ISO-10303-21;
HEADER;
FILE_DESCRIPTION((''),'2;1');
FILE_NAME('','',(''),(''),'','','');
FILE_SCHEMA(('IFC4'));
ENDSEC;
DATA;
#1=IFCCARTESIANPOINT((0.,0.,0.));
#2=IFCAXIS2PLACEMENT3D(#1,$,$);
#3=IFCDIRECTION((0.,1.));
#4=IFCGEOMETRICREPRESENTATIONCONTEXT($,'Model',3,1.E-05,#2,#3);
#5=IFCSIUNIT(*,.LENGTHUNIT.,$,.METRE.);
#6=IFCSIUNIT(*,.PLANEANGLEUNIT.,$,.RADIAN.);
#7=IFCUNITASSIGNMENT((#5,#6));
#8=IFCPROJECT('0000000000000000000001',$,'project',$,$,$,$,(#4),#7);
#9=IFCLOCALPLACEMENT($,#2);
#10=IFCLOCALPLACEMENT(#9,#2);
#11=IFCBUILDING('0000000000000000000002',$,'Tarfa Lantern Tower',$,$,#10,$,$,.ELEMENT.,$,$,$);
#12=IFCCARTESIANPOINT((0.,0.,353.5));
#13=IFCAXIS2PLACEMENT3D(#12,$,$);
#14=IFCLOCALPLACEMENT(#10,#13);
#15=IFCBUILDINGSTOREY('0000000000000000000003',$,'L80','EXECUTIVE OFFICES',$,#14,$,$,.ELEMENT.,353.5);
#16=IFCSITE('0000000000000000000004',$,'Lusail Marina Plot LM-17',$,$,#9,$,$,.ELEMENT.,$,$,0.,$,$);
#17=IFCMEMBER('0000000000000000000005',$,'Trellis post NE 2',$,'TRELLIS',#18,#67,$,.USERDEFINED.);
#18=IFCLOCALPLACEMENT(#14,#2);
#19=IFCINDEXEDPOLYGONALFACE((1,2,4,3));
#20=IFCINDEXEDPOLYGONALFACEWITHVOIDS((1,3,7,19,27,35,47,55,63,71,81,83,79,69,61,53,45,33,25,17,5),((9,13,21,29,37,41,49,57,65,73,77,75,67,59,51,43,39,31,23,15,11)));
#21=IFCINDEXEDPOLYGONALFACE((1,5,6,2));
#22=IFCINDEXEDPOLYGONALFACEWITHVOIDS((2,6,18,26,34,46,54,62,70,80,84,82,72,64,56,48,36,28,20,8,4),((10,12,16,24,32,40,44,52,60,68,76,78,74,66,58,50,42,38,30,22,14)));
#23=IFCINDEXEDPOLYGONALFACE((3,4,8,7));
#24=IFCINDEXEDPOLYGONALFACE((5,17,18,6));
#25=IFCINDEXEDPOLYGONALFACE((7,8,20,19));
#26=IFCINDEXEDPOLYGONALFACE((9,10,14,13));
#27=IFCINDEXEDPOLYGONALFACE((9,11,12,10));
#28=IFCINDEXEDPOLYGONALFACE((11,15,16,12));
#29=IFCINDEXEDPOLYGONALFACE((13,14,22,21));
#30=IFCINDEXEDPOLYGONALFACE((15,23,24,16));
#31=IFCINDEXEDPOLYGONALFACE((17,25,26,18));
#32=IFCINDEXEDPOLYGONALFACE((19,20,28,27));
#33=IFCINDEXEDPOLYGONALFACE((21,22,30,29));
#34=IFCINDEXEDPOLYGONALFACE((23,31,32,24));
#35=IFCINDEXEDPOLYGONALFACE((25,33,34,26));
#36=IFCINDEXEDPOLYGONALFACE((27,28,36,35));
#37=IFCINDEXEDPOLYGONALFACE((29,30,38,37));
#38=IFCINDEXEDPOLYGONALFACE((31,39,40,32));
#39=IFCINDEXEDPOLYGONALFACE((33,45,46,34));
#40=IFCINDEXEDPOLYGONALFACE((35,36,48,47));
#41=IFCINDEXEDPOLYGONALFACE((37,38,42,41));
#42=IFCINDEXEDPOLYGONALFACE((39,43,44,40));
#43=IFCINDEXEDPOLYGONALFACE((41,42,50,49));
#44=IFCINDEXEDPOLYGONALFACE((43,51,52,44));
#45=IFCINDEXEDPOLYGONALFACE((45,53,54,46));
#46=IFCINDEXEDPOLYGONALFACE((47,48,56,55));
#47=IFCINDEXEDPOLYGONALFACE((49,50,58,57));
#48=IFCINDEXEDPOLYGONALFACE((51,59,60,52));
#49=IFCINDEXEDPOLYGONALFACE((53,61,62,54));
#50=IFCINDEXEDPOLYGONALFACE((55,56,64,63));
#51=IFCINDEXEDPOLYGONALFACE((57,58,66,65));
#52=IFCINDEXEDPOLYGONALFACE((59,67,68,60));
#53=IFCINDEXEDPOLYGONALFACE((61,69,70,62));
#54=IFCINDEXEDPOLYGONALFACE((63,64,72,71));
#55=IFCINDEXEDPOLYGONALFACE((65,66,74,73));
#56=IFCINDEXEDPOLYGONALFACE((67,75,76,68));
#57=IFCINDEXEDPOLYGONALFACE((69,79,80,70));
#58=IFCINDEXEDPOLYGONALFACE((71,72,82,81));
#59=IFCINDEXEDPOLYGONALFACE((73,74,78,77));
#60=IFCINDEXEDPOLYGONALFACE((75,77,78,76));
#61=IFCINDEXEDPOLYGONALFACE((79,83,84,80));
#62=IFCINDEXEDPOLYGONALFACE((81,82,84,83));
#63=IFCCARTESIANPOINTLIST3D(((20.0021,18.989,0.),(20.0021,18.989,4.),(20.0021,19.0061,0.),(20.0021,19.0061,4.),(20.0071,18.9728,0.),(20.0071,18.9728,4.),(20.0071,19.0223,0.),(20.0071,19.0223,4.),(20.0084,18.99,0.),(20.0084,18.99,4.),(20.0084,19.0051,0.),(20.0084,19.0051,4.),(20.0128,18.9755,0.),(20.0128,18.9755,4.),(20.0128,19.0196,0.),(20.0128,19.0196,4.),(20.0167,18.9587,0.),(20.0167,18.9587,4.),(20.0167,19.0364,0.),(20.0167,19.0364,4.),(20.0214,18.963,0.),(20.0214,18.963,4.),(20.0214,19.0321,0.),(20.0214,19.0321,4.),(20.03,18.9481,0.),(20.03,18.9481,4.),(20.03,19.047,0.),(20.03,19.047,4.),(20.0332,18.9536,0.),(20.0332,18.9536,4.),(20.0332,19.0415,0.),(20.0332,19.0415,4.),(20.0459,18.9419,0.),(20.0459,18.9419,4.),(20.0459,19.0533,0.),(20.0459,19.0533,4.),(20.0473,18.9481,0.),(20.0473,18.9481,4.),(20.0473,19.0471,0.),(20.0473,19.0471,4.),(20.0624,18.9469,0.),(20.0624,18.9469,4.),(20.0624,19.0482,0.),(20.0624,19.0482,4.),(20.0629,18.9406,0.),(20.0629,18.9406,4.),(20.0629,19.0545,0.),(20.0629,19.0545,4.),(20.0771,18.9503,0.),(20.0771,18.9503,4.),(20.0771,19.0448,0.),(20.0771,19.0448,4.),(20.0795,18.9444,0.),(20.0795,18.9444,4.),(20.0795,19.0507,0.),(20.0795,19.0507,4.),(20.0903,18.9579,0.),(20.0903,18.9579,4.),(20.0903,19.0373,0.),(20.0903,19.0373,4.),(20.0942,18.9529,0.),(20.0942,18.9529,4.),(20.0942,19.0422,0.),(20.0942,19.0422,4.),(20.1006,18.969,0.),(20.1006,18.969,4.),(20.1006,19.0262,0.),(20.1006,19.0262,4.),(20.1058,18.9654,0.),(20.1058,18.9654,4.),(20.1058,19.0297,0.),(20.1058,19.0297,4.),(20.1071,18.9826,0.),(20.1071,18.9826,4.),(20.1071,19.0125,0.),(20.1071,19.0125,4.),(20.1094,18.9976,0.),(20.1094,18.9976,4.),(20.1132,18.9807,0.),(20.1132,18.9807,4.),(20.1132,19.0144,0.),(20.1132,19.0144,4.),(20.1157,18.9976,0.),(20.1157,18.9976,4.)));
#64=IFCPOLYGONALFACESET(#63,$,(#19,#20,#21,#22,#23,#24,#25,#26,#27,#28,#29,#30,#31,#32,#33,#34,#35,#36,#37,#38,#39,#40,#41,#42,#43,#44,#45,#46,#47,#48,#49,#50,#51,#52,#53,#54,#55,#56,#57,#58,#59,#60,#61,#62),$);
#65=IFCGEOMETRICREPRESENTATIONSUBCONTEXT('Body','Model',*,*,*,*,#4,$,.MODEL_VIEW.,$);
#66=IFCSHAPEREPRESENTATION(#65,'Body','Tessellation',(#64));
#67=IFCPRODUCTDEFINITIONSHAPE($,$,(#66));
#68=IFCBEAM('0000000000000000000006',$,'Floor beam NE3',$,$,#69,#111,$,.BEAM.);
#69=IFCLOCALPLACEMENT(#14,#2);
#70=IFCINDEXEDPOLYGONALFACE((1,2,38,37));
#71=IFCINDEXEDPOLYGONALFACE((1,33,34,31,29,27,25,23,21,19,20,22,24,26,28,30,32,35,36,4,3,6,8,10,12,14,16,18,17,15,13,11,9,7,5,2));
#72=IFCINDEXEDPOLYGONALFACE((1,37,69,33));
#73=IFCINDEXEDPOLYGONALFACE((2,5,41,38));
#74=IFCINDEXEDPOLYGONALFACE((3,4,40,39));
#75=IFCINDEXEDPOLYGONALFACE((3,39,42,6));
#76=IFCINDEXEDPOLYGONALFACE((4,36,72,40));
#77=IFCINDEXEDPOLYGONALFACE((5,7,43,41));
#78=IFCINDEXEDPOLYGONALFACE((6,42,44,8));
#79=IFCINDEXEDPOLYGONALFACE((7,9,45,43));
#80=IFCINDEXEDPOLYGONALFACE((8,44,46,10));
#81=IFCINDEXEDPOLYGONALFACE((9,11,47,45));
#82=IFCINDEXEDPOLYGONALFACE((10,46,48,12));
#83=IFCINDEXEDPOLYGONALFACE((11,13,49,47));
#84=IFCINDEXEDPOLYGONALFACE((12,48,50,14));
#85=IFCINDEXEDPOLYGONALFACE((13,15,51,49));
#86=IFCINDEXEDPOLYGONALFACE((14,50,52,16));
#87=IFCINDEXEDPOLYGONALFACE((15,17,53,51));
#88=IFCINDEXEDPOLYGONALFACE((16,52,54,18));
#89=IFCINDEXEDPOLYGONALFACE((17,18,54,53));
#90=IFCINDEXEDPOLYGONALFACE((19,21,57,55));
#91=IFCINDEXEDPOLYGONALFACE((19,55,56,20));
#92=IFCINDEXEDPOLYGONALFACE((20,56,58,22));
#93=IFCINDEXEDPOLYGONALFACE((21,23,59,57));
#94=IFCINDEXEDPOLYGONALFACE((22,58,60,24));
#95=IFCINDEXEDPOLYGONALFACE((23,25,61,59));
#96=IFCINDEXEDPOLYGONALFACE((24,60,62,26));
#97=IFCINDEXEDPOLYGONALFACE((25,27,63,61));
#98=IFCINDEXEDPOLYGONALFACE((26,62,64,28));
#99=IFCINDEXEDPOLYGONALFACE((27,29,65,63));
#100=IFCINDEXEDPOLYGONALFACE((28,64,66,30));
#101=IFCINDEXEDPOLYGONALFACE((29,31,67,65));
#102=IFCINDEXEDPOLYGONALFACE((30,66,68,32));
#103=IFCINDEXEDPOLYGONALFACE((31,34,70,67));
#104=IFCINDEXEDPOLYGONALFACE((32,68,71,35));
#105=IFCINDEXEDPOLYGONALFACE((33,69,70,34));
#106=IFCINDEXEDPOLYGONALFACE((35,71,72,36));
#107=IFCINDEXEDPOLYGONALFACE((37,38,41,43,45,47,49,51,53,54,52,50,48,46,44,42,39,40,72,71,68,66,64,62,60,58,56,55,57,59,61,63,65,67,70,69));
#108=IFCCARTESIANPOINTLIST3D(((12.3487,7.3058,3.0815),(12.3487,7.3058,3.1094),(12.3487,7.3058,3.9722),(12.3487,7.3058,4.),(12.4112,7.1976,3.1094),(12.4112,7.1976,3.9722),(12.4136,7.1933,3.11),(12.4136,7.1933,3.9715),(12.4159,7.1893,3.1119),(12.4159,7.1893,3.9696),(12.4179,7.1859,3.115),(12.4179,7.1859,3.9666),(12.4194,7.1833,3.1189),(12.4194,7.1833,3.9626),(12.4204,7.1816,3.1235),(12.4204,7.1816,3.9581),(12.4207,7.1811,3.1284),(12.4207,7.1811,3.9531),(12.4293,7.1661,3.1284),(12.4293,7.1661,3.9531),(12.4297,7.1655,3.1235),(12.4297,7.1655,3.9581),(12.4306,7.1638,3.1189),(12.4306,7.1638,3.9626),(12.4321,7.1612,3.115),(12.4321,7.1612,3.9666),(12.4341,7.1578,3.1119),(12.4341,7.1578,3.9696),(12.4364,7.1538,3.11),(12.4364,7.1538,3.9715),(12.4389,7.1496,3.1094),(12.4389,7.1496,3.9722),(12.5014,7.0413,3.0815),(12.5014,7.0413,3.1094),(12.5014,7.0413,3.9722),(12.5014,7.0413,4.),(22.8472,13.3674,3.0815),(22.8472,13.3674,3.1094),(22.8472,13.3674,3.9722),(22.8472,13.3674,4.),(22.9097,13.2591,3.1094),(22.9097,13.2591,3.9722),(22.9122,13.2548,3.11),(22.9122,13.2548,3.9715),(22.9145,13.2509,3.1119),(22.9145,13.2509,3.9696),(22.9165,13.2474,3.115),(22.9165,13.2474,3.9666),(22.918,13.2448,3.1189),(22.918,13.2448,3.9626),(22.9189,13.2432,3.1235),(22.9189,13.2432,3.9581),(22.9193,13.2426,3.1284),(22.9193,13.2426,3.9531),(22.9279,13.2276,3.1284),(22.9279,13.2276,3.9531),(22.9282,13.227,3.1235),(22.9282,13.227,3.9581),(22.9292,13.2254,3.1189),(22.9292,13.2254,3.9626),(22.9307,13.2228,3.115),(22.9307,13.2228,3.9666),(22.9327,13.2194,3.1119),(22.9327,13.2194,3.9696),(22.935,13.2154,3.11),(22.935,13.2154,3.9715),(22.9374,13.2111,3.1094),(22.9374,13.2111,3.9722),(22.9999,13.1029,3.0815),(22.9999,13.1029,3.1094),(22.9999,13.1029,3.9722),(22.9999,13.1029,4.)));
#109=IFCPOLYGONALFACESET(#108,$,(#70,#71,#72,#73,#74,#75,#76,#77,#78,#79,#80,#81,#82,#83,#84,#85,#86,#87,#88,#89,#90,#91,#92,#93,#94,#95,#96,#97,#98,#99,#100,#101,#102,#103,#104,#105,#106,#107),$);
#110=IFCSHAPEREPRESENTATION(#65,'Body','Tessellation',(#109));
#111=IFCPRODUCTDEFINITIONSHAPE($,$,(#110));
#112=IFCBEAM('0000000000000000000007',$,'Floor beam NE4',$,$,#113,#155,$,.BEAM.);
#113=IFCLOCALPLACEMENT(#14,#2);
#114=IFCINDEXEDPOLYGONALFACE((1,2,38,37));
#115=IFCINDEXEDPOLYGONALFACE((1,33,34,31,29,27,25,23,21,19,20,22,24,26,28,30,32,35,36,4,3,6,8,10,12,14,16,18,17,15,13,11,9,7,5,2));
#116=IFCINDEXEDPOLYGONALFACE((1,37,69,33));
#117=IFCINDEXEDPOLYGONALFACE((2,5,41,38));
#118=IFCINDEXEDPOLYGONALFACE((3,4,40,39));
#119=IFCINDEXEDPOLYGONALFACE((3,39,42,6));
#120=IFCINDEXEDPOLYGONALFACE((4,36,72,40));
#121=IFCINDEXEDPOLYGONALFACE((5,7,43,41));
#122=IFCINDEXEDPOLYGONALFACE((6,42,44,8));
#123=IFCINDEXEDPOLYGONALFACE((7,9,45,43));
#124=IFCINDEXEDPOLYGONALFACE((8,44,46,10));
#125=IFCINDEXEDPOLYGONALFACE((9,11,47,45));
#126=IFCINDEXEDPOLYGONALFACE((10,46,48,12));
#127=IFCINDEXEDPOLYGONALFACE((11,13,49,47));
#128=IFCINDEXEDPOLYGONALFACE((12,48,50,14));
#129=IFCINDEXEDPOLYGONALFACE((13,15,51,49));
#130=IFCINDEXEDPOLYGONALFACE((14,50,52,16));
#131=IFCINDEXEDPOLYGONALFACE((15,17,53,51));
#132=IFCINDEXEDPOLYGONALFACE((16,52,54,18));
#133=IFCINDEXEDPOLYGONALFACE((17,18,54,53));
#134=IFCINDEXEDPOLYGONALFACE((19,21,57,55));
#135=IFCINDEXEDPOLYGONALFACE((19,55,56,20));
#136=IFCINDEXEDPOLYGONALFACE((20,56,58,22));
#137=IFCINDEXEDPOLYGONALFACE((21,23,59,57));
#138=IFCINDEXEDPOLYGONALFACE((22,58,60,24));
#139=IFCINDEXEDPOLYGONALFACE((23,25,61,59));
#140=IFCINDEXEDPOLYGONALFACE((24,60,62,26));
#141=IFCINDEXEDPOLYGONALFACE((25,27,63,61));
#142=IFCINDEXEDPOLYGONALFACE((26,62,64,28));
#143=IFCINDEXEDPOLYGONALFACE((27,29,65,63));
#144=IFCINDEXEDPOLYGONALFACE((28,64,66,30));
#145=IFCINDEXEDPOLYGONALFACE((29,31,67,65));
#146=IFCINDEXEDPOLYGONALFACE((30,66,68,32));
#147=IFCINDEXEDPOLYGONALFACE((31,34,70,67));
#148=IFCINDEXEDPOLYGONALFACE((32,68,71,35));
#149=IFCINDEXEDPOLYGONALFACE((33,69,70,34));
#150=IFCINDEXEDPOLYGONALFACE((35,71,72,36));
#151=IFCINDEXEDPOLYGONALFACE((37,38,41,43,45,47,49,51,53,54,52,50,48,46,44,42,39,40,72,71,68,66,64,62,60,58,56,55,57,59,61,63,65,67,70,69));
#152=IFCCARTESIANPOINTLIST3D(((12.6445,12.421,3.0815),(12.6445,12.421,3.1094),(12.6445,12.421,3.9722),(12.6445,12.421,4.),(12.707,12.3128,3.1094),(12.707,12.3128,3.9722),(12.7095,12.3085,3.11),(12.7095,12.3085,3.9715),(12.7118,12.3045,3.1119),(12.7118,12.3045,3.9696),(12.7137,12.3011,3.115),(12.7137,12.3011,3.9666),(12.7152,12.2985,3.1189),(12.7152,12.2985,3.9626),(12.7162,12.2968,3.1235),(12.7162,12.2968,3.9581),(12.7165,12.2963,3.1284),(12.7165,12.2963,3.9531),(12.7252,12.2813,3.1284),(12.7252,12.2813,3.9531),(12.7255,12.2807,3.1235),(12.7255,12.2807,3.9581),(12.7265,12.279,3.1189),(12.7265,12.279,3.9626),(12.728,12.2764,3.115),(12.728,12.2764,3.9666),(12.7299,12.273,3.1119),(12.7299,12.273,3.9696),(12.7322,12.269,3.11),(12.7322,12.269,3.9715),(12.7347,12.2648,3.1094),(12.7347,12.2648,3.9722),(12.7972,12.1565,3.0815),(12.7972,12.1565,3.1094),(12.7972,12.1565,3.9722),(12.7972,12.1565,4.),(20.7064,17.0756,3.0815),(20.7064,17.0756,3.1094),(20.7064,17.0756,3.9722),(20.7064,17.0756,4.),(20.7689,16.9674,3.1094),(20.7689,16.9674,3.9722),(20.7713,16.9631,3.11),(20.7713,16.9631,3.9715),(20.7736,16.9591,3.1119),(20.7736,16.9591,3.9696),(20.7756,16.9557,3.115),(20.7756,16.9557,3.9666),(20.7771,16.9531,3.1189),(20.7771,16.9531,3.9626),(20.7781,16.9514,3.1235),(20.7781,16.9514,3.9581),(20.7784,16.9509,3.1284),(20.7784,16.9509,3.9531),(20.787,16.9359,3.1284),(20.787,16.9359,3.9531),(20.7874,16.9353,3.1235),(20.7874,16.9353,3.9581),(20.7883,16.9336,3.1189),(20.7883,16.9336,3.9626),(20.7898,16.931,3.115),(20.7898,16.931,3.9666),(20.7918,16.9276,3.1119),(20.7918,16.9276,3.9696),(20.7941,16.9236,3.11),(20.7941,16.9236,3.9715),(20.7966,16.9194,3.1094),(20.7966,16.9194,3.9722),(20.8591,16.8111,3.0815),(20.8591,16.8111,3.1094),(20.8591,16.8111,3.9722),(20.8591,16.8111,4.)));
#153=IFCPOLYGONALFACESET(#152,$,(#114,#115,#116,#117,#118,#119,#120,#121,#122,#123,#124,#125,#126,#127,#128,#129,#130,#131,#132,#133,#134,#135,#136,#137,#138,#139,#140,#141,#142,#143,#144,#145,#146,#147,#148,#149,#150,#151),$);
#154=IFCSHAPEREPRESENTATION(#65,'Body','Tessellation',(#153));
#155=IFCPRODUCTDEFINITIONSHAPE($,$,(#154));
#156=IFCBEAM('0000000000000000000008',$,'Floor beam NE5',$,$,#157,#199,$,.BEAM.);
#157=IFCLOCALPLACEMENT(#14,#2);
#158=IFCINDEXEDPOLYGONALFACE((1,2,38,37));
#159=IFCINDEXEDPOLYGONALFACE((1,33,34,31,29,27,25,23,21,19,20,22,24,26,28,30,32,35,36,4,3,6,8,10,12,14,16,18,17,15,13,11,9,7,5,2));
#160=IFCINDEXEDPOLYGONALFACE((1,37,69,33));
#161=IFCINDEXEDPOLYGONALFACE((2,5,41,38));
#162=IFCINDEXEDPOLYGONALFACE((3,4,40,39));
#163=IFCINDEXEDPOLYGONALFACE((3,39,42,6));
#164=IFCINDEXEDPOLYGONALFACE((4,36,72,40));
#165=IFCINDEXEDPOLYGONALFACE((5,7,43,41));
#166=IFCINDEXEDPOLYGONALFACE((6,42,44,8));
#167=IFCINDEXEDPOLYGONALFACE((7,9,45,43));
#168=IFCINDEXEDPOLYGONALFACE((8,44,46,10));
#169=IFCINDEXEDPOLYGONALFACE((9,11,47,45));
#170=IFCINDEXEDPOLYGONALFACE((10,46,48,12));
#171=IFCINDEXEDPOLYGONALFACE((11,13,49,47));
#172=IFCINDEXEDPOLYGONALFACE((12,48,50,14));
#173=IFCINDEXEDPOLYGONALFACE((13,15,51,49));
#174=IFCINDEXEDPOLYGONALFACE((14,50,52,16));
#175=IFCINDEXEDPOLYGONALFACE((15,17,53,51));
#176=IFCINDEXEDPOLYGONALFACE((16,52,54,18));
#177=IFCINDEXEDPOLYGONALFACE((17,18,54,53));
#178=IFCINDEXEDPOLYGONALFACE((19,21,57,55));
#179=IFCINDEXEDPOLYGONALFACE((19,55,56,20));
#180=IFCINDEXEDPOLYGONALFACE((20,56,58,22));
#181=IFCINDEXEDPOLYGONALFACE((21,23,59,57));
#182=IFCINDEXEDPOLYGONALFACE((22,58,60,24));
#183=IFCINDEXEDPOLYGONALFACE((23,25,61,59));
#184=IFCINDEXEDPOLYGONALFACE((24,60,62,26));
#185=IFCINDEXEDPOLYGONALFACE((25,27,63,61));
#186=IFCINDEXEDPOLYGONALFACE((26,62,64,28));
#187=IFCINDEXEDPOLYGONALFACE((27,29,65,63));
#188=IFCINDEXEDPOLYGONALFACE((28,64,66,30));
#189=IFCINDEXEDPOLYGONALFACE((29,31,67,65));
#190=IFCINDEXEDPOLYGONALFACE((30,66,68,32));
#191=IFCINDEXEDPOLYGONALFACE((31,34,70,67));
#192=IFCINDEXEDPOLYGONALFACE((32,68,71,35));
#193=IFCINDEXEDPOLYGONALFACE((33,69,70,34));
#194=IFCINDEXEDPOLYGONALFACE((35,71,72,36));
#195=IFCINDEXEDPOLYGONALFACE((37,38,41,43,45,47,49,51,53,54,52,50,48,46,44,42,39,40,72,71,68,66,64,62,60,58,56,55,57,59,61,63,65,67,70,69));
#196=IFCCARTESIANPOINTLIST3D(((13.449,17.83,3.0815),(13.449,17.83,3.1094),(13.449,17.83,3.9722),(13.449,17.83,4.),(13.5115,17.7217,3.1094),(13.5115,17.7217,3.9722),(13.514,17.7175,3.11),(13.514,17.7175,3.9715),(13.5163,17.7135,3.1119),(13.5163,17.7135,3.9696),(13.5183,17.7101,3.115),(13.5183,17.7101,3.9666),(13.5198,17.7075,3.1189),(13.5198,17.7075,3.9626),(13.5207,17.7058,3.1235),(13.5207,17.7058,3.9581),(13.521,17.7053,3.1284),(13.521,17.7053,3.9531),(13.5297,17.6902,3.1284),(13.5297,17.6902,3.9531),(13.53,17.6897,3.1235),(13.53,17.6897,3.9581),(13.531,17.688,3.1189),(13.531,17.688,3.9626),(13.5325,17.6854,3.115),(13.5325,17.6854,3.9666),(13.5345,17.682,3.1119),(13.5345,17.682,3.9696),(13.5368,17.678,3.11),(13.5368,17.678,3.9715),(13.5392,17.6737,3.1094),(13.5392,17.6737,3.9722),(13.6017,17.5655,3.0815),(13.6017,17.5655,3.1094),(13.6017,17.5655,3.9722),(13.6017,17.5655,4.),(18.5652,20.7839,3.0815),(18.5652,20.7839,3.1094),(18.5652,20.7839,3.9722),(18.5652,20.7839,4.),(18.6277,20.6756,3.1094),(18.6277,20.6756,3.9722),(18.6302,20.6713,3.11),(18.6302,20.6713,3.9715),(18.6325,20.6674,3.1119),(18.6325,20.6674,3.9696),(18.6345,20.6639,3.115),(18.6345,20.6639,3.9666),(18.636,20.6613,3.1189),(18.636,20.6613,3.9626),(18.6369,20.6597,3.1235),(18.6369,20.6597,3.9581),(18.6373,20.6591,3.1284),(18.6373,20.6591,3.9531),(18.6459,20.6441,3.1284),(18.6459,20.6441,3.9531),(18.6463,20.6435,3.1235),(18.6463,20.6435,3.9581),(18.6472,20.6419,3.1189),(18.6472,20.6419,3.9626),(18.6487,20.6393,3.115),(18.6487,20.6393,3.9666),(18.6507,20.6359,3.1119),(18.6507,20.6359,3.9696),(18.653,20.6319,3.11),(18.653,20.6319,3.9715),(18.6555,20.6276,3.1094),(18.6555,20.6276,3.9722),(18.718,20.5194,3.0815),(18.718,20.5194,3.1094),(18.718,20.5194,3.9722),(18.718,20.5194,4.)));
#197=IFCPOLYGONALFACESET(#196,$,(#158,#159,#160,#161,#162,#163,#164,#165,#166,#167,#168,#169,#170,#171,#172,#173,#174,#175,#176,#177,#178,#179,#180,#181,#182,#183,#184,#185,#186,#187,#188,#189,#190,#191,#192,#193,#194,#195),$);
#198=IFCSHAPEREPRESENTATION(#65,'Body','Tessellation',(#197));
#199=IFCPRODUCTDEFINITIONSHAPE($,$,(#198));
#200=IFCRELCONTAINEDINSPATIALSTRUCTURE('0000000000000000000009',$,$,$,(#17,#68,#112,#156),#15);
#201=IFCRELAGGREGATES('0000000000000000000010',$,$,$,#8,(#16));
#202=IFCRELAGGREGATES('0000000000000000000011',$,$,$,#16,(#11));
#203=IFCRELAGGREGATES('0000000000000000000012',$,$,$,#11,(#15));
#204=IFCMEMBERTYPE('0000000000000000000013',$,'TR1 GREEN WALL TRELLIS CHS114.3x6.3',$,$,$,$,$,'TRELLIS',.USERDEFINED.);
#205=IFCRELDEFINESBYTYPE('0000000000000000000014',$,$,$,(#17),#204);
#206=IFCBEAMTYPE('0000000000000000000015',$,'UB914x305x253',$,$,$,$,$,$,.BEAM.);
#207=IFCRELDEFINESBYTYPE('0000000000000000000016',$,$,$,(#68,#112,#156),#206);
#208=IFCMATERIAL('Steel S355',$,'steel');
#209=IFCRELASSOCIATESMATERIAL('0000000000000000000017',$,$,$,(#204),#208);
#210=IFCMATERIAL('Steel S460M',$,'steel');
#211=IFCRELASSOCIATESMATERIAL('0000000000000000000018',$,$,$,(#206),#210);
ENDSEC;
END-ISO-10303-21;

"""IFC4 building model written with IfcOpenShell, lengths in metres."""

from ifc_helpers import new_model, si_unit, direction, frame, origin, origin_2d, place, context, subcontext, project, spatial, hollow_circle, i_section, extrude, material, material_profile, profile_set, type_object, element, save


model = new_model("IFC4")

# Units and contexts
model_context = context("Model", 3, precision=1e-05, world=origin(), true_north=direction((0.0, 1.0)))
body_context = subcontext(model_context, "Body", "Model", "MODEL_VIEW")
ifc_project = project(units=[si_unit("LENGTHUNIT", "METRE"), si_unit("PLANEANGLEUNIT", "RADIAN")], contexts=[model_context])

# Site, building, storey
site_placement = place(None, origin())
site = spatial("IfcSite", under=ifc_project, at=site_placement, Name="Lusail Marina Plot LM-17", CompositionType="ELEMENT", RefElevation=0.0)
building_placement = place(site_placement, origin())
building = spatial("IfcBuilding", under=site, at=building_placement, Name="Tarfa Lantern Tower", CompositionType="ELEMENT")
storey_placement = place(building_placement, frame((0.0, 0.0, 353.5)))
storey = spatial("IfcBuildingStorey", under=building, at=storey_placement, Name="L80", Description="EXECUTIVE OFFICES", CompositionType="ELEMENT", Elevation=353.5)

# Member
ifc_material_1 = material(Name="Steel S355", Category="steel")
ifc_material_profile_1 = material_profile(ifc_material_1, hollow_circle(Radius=0.0571, WallThickness=0.0063, at=origin_2d()), Name="CHS114.3x6.3")
ifc_profile_set_1 = profile_set([ifc_material_profile_1], Name="Steel S355")
member_type_1 = type_object("IfcMemberType", Name="TR1 GREEN WALL TRELLIS CHS114.3x6.3", ElementType="TRELLIS", PredefinedType="USERDEFINED", material=ifc_profile_set_1)
member_1_placement = place(storey_placement, frame((20.0586, 18.9976, 0.0), z_axis=(0.0, 0.0, 1.0), x_axis=(1.0, 0.0, 0.0)))
element("IfcMember", 1, at=member_1_placement, inside=storey, type_object=member_type_1, Name="Trellis post NE 2", ObjectType="TRELLIS", PredefinedType="USERDEFINED", context=body_context, shape_type="SweptSolid", body=[
    extrude(hollow_circle(Radius=0.0571, WallThickness=0.0063, at=origin_2d()), origin(), (0.0, 0.0, 1.0), 4.0),
])

# Beams
ifc_material_2 = material(Name="Steel S460M", Category="steel")
ifc_material_profile_2 = material_profile(ifc_material_2, i_section(OverallWidth=0.3054, OverallDepth=0.9185, WebThickness=0.0173, FlangeThickness=0.0278, FilletRadius=0.019, at=origin_2d()), Name="UB914x305x253")
ifc_profile_set_2 = profile_set([ifc_material_profile_2], Name="Steel S460M")
beam_type_1 = type_object("IfcBeamType", Name="UB914x305x253", PredefinedType="BEAM", material=ifc_profile_set_2)
beam_1_placement = place(storey_placement, frame((22.9236, 13.2351, 3.5408), z_axis=(-0.866019, -0.500012, 0.0), x_axis=(0.500012, -0.866019, 0.0)))
element("IfcBeam", 2, at=beam_1_placement, inside=storey, type_object=beam_type_1, Name="Floor beam NE3", PredefinedType="BEAM", context=body_context, shape_type="SweptSolid", body=[
    extrude(i_section(OverallWidth=0.3054, OverallDepth=0.9185, WebThickness=0.0173, FlangeThickness=0.0278, FilletRadius=0.019, at=origin_2d()), origin(), (0.0, 0.0, 1.0), 12.1228),
])
beam_2_placement = place(storey_placement, frame((20.7827, 16.9434, 3.5408), z_axis=(-0.866022, -0.500006, 0.0), x_axis=(0.500006, -0.866022, 0.0)))
element("IfcBeam", 3, at=beam_2_placement, inside=storey, type_object=beam_type_1, Name="Floor beam NE4", PredefinedType="BEAM", context=body_context, shape_type="SweptSolid", body=[
    extrude(i_section(OverallWidth=0.3054, OverallDepth=0.9185, WebThickness=0.0173, FlangeThickness=0.0278, FilletRadius=0.019, at=origin_2d()), origin(), (0.0, 0.0, 1.0), 9.3091),
])
beam_3_placement = place(storey_placement, frame((18.6416, 20.6516, 3.5408), z_axis=(-0.866025, -0.500001, 0.0), x_axis=(0.500001, -0.866025, 0.0)))
element("IfcBeam", 4, at=beam_3_placement, inside=storey, type_object=beam_type_1, Name="Floor beam NE5", PredefinedType="BEAM", context=body_context, shape_type="SweptSolid", body=[
    extrude(i_section(OverallWidth=0.3054, OverallDepth=0.9185, WebThickness=0.0173, FlangeThickness=0.0278, FilletRadius=0.019, at=origin_2d()), origin(), (0.0, 0.0, 1.0), 5.9077),
])

save(model, "model.ifc")
